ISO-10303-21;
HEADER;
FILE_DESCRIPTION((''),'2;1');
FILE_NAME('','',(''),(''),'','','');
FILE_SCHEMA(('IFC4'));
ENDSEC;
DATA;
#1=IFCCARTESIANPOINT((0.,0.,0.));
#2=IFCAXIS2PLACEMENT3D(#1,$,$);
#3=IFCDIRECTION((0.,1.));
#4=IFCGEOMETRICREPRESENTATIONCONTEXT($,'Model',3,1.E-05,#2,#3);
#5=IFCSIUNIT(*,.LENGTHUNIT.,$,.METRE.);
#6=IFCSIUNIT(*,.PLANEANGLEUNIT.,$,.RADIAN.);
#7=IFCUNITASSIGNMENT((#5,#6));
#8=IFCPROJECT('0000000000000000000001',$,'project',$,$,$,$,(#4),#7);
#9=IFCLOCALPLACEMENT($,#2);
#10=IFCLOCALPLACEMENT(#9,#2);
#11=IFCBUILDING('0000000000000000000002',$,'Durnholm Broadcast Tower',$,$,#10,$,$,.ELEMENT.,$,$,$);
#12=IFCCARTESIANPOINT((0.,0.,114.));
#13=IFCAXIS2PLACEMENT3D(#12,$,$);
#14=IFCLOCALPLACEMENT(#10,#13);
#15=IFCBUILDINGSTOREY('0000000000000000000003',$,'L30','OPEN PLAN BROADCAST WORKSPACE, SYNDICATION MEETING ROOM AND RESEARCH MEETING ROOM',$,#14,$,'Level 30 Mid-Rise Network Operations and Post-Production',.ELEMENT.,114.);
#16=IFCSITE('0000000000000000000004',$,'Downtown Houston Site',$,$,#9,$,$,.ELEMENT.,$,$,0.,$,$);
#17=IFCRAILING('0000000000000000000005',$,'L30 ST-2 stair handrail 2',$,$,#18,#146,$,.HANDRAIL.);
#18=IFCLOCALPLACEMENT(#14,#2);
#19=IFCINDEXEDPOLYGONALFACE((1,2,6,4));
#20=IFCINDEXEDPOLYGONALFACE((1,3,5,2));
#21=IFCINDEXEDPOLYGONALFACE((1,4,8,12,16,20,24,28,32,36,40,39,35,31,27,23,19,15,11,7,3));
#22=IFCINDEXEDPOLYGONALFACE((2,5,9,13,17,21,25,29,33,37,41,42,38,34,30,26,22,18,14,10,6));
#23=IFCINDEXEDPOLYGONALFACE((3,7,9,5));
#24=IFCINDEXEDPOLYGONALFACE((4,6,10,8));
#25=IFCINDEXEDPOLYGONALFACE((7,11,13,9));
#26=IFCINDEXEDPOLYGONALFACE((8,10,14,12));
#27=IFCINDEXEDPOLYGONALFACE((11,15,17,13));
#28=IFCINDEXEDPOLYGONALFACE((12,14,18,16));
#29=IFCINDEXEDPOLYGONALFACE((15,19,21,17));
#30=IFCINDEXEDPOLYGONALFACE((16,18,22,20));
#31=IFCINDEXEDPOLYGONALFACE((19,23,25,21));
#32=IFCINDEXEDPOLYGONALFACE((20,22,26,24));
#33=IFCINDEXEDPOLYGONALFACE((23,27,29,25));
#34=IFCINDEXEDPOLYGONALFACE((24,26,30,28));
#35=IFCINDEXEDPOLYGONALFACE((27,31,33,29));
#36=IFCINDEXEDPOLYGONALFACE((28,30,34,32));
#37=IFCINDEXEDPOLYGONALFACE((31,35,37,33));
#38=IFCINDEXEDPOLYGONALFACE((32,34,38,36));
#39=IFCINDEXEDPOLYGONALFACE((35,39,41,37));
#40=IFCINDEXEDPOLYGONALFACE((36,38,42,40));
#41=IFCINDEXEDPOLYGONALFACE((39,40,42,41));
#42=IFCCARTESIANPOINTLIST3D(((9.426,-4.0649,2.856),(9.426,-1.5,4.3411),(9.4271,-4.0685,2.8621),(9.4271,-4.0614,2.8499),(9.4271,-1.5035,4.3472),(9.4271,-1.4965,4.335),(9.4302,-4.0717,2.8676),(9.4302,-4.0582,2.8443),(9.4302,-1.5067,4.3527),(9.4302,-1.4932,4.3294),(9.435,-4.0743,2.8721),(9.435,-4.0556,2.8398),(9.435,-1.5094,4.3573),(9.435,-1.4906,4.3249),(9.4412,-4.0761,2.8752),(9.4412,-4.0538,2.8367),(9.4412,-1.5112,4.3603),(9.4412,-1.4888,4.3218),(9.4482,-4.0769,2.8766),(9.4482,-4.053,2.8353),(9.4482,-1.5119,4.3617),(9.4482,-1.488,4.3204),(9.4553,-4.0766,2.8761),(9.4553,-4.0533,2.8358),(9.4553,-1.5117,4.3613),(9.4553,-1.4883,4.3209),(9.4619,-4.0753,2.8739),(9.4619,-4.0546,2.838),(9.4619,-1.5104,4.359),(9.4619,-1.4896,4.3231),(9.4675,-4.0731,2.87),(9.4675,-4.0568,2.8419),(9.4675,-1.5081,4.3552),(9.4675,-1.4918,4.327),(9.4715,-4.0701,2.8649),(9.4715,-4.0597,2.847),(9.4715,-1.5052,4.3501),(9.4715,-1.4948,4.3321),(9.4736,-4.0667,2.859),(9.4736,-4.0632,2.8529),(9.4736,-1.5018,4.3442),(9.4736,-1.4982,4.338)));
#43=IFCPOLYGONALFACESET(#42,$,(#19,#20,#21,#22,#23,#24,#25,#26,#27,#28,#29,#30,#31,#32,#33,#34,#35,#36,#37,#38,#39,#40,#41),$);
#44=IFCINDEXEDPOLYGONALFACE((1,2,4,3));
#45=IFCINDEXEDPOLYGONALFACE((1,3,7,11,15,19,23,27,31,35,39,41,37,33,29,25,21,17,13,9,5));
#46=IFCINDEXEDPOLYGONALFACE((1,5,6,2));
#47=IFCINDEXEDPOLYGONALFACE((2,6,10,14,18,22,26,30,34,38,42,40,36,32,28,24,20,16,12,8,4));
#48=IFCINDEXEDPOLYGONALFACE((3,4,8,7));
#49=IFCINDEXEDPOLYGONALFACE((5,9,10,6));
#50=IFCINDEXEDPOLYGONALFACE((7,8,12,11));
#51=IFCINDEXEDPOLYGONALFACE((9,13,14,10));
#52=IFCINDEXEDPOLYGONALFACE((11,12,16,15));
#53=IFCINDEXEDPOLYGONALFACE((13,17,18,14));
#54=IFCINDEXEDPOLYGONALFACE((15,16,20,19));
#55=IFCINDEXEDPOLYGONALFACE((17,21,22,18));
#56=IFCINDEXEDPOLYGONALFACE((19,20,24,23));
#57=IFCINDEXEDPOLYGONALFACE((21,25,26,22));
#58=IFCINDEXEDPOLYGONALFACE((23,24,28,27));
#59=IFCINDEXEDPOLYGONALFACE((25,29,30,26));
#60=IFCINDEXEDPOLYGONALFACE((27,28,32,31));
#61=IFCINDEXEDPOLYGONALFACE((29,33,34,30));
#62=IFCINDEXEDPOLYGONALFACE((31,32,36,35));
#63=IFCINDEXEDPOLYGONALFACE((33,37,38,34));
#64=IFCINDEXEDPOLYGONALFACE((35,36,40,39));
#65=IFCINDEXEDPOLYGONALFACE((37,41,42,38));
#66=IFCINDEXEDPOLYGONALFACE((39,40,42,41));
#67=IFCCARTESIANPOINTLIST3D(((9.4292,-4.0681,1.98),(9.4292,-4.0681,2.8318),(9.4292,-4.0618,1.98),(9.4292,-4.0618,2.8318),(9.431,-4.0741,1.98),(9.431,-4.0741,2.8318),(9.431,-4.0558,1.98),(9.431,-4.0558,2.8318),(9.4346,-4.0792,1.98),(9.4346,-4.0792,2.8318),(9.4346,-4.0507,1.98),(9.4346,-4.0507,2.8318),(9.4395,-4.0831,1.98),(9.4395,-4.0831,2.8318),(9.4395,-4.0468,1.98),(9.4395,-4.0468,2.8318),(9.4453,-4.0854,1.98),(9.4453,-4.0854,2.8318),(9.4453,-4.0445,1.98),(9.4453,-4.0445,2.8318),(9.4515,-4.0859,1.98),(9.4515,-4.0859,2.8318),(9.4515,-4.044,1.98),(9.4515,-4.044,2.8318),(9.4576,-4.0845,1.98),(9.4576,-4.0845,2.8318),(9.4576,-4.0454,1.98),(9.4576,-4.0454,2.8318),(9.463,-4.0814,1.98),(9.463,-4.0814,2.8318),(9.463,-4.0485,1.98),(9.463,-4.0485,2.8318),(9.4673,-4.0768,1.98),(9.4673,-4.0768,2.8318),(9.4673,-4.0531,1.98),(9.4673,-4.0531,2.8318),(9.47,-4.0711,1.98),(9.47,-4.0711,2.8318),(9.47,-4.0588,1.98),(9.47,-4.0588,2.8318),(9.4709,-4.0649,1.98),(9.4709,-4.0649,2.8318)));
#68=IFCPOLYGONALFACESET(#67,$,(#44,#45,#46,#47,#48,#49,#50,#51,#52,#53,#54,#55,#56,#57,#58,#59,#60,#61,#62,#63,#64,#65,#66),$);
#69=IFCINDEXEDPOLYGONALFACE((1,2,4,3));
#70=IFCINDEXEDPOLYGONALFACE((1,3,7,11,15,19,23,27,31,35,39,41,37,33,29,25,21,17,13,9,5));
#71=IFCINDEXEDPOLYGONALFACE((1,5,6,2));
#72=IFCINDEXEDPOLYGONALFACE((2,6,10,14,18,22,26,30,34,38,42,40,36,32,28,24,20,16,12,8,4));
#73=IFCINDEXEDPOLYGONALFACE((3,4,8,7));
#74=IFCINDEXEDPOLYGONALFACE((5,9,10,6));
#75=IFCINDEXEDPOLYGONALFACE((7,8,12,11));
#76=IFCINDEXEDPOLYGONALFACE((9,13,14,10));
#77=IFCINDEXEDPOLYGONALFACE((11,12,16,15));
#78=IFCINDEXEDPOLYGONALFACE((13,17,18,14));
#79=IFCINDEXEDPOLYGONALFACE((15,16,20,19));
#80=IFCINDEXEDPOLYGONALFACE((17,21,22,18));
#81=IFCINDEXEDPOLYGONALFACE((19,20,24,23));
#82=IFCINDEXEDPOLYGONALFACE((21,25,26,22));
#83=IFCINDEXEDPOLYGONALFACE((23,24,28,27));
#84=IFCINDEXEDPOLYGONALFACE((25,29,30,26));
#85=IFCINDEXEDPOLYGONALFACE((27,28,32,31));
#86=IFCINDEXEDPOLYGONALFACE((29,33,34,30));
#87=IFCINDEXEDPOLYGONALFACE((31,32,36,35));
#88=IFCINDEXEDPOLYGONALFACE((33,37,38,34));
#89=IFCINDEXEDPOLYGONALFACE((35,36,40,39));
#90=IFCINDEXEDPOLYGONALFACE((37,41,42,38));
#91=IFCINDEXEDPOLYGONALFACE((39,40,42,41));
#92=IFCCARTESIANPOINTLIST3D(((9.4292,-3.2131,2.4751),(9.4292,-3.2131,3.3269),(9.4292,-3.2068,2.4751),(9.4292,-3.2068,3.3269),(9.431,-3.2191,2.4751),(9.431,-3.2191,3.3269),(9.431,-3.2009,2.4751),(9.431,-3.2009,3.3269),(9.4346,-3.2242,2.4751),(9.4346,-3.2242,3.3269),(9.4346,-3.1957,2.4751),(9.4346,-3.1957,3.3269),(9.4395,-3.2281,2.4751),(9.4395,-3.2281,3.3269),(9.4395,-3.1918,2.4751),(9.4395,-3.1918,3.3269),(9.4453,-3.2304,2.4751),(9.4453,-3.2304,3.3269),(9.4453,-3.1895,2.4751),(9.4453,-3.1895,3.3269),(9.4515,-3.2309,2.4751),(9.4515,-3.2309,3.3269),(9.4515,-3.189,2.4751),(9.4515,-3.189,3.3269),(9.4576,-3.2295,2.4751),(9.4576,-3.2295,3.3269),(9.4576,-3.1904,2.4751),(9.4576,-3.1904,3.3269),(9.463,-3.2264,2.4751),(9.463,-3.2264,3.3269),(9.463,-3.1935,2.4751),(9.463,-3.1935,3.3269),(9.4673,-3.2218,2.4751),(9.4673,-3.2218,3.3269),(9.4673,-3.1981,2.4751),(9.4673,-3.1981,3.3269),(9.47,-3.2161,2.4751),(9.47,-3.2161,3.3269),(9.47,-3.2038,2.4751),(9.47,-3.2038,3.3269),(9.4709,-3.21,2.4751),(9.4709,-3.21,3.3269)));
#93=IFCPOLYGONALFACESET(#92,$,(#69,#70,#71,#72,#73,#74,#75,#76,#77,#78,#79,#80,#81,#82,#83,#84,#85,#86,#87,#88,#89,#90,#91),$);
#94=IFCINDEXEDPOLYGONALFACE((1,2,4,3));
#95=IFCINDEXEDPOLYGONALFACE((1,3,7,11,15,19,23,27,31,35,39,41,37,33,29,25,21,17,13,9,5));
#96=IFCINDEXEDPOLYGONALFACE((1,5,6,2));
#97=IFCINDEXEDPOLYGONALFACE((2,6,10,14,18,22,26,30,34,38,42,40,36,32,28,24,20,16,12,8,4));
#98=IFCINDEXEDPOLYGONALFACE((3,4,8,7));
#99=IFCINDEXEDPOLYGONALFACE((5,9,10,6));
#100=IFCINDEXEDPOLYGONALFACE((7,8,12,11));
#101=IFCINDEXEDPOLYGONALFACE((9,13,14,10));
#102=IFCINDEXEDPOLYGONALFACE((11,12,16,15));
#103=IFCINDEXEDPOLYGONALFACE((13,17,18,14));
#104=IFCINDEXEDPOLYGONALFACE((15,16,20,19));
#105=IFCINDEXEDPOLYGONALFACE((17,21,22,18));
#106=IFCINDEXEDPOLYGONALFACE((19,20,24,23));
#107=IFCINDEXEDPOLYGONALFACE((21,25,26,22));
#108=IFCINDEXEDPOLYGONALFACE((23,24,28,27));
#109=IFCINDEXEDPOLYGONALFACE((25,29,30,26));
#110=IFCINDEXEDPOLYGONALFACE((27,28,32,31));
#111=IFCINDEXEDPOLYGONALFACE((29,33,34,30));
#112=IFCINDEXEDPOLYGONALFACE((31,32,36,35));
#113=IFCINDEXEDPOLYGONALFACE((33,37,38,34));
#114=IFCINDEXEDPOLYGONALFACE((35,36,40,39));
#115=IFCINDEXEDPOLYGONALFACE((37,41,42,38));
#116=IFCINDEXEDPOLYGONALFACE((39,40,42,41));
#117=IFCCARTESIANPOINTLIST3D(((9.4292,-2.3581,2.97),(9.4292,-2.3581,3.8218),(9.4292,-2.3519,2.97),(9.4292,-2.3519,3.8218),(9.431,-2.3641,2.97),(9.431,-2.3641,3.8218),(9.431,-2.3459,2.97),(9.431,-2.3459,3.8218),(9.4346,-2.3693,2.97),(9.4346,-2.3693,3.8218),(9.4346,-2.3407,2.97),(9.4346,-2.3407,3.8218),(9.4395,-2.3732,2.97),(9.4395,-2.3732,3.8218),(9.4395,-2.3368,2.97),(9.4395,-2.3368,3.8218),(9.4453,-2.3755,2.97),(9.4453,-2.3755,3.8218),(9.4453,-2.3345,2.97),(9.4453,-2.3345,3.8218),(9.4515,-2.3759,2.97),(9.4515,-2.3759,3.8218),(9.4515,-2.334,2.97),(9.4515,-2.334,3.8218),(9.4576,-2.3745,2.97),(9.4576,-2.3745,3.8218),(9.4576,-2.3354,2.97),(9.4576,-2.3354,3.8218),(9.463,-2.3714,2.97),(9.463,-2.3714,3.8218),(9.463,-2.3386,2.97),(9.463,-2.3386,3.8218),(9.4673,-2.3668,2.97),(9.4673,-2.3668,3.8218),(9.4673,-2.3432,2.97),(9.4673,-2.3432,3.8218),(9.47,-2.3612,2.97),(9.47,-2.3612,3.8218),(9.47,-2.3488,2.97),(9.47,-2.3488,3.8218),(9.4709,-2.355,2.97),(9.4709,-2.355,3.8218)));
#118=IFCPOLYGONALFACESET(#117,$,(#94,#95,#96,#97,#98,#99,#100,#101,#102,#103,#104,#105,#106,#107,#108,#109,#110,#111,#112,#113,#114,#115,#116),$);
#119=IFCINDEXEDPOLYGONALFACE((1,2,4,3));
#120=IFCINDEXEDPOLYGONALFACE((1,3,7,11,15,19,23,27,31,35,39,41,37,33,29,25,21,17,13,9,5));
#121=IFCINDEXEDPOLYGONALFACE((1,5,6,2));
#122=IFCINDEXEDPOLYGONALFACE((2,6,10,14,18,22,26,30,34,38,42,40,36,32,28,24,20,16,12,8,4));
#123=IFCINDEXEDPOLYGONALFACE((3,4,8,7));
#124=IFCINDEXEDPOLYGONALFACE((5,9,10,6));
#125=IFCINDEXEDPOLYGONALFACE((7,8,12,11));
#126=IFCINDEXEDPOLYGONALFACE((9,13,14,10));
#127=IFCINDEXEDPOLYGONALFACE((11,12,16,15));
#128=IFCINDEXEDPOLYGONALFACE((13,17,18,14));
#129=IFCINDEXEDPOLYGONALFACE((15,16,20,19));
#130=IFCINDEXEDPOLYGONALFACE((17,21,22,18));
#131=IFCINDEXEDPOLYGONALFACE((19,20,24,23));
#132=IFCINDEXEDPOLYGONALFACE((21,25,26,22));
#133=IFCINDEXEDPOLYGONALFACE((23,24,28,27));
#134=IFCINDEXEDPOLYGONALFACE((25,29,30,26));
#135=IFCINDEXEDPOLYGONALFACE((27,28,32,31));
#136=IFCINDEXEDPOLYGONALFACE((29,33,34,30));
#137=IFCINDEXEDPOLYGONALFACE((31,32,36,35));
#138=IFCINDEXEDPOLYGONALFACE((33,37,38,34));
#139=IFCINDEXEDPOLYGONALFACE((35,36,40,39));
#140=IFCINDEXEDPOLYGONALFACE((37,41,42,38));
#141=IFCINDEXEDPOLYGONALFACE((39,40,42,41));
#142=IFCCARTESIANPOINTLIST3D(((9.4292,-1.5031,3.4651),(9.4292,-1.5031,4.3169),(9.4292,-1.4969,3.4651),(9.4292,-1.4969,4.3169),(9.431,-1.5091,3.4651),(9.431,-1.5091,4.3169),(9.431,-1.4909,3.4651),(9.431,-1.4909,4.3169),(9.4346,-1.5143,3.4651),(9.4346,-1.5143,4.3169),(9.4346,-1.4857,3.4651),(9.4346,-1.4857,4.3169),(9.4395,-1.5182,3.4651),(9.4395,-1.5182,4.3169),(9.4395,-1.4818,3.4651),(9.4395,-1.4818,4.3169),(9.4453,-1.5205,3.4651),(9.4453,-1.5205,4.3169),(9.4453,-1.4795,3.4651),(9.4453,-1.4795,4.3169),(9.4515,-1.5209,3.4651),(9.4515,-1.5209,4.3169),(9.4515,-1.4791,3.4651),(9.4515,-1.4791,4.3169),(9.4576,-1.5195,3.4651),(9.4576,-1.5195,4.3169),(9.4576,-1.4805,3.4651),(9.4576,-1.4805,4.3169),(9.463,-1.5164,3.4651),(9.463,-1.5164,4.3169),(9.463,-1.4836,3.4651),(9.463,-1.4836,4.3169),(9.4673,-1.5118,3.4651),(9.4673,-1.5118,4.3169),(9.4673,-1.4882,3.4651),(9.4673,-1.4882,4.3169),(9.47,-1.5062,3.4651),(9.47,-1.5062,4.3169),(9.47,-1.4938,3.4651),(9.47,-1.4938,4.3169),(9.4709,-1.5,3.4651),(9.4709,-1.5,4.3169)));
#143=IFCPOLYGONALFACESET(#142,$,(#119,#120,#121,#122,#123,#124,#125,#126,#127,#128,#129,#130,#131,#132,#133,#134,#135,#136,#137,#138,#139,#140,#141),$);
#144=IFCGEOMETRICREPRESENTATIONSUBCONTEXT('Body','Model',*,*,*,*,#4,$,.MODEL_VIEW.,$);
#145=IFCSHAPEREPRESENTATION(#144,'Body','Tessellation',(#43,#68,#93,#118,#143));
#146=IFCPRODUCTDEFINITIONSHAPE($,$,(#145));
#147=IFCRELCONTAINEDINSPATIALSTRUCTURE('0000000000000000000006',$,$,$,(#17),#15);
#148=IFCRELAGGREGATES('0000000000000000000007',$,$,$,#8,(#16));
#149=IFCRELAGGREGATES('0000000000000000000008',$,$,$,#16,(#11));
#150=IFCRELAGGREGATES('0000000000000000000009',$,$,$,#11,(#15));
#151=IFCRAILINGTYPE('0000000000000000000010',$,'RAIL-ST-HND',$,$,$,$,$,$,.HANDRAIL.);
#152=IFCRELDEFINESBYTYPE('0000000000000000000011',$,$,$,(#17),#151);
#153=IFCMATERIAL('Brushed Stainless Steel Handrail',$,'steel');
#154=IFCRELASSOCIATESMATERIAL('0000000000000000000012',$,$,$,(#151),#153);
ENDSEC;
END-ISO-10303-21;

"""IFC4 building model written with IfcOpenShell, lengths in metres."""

from ifc_helpers import new_model, si_unit, direction, frame, origin, origin_2d, place, context, subcontext, project, spatial, circle, extrude, material, type_object, element, save


model = new_model("IFC4")

# Units and contexts
model_context = context("Model", 3, precision=1e-05, world=origin(), true_north=direction((0.0, 1.0)))
body_context = subcontext(model_context, "Body", "Model", "MODEL_VIEW")
ifc_project = project(units=[si_unit("LENGTHUNIT", "METRE"), si_unit("PLANEANGLEUNIT", "RADIAN")], contexts=[model_context])

# Site, building, storey
site_placement = place(None, origin())
site = spatial("IfcSite", under=ifc_project, at=site_placement, Name="Downtown Houston Site", CompositionType="ELEMENT", RefElevation=0.0)
building_placement = place(site_placement, origin())
building = spatial("IfcBuilding", under=site, at=building_placement, Name="Durnholm Broadcast Tower", CompositionType="ELEMENT")
storey_placement = place(building_placement, frame((0.0, 0.0, 114.0)))
storey = spatial("IfcBuildingStorey", under=building, at=storey_placement, Name="L30", Description="OPEN PLAN BROADCAST WORKSPACE, SYNDICATION MEETING ROOM AND RESEARCH MEETING ROOM", LongName="Level 30 Mid-Rise Network Operations and Post-Production", CompositionType="ELEMENT", Elevation=114.0)

# Railing
ifc_material_1 = material(Name="Brushed Stainless Steel Handrail", Category="steel")
railing_type_1 = type_object("IfcRailingType", Name="RAIL-ST-HND", PredefinedType="HANDRAIL", material=ifc_material_1)
railing_1_placement = place(storey_placement, frame((9.45, -4.0649, 1.98)))
element("IfcRailing", 1, at=railing_1_placement, inside=storey, type_object=railing_type_1, Name="L30 ST-2 stair handrail 2", PredefinedType="HANDRAIL", context=body_context, shape_type="SweptSolid", body=[
    extrude(circle(Radius=0.0239, at=origin_2d()), frame((0.0, 0.0, 0.876), z_axis=(0.0, 0.865406, 0.501072), x_axis=(-1.0, 0.0, 0.0)), (0.0, 0.0, 1.0), 2.9639),
    extrude(circle(Radius=0.021, at=origin_2d()), origin(), (0.0, 0.0, 1.0), 0.8518),
    extrude(circle(Radius=0.021, at=origin_2d()), frame((0.0, 0.855, 0.4951)), (0.0, 0.0, 1.0), 0.8518),
    extrude(circle(Radius=0.021, at=origin_2d()), frame((0.0, 1.71, 0.99)), (0.0, 0.0, 1.0), 0.8518),
    extrude(circle(Radius=0.021, at=origin_2d()), frame((0.0, 2.5649, 1.4851)), (0.0, 0.0, 1.0), 0.8518),
])

save(model, "model.ifc")
